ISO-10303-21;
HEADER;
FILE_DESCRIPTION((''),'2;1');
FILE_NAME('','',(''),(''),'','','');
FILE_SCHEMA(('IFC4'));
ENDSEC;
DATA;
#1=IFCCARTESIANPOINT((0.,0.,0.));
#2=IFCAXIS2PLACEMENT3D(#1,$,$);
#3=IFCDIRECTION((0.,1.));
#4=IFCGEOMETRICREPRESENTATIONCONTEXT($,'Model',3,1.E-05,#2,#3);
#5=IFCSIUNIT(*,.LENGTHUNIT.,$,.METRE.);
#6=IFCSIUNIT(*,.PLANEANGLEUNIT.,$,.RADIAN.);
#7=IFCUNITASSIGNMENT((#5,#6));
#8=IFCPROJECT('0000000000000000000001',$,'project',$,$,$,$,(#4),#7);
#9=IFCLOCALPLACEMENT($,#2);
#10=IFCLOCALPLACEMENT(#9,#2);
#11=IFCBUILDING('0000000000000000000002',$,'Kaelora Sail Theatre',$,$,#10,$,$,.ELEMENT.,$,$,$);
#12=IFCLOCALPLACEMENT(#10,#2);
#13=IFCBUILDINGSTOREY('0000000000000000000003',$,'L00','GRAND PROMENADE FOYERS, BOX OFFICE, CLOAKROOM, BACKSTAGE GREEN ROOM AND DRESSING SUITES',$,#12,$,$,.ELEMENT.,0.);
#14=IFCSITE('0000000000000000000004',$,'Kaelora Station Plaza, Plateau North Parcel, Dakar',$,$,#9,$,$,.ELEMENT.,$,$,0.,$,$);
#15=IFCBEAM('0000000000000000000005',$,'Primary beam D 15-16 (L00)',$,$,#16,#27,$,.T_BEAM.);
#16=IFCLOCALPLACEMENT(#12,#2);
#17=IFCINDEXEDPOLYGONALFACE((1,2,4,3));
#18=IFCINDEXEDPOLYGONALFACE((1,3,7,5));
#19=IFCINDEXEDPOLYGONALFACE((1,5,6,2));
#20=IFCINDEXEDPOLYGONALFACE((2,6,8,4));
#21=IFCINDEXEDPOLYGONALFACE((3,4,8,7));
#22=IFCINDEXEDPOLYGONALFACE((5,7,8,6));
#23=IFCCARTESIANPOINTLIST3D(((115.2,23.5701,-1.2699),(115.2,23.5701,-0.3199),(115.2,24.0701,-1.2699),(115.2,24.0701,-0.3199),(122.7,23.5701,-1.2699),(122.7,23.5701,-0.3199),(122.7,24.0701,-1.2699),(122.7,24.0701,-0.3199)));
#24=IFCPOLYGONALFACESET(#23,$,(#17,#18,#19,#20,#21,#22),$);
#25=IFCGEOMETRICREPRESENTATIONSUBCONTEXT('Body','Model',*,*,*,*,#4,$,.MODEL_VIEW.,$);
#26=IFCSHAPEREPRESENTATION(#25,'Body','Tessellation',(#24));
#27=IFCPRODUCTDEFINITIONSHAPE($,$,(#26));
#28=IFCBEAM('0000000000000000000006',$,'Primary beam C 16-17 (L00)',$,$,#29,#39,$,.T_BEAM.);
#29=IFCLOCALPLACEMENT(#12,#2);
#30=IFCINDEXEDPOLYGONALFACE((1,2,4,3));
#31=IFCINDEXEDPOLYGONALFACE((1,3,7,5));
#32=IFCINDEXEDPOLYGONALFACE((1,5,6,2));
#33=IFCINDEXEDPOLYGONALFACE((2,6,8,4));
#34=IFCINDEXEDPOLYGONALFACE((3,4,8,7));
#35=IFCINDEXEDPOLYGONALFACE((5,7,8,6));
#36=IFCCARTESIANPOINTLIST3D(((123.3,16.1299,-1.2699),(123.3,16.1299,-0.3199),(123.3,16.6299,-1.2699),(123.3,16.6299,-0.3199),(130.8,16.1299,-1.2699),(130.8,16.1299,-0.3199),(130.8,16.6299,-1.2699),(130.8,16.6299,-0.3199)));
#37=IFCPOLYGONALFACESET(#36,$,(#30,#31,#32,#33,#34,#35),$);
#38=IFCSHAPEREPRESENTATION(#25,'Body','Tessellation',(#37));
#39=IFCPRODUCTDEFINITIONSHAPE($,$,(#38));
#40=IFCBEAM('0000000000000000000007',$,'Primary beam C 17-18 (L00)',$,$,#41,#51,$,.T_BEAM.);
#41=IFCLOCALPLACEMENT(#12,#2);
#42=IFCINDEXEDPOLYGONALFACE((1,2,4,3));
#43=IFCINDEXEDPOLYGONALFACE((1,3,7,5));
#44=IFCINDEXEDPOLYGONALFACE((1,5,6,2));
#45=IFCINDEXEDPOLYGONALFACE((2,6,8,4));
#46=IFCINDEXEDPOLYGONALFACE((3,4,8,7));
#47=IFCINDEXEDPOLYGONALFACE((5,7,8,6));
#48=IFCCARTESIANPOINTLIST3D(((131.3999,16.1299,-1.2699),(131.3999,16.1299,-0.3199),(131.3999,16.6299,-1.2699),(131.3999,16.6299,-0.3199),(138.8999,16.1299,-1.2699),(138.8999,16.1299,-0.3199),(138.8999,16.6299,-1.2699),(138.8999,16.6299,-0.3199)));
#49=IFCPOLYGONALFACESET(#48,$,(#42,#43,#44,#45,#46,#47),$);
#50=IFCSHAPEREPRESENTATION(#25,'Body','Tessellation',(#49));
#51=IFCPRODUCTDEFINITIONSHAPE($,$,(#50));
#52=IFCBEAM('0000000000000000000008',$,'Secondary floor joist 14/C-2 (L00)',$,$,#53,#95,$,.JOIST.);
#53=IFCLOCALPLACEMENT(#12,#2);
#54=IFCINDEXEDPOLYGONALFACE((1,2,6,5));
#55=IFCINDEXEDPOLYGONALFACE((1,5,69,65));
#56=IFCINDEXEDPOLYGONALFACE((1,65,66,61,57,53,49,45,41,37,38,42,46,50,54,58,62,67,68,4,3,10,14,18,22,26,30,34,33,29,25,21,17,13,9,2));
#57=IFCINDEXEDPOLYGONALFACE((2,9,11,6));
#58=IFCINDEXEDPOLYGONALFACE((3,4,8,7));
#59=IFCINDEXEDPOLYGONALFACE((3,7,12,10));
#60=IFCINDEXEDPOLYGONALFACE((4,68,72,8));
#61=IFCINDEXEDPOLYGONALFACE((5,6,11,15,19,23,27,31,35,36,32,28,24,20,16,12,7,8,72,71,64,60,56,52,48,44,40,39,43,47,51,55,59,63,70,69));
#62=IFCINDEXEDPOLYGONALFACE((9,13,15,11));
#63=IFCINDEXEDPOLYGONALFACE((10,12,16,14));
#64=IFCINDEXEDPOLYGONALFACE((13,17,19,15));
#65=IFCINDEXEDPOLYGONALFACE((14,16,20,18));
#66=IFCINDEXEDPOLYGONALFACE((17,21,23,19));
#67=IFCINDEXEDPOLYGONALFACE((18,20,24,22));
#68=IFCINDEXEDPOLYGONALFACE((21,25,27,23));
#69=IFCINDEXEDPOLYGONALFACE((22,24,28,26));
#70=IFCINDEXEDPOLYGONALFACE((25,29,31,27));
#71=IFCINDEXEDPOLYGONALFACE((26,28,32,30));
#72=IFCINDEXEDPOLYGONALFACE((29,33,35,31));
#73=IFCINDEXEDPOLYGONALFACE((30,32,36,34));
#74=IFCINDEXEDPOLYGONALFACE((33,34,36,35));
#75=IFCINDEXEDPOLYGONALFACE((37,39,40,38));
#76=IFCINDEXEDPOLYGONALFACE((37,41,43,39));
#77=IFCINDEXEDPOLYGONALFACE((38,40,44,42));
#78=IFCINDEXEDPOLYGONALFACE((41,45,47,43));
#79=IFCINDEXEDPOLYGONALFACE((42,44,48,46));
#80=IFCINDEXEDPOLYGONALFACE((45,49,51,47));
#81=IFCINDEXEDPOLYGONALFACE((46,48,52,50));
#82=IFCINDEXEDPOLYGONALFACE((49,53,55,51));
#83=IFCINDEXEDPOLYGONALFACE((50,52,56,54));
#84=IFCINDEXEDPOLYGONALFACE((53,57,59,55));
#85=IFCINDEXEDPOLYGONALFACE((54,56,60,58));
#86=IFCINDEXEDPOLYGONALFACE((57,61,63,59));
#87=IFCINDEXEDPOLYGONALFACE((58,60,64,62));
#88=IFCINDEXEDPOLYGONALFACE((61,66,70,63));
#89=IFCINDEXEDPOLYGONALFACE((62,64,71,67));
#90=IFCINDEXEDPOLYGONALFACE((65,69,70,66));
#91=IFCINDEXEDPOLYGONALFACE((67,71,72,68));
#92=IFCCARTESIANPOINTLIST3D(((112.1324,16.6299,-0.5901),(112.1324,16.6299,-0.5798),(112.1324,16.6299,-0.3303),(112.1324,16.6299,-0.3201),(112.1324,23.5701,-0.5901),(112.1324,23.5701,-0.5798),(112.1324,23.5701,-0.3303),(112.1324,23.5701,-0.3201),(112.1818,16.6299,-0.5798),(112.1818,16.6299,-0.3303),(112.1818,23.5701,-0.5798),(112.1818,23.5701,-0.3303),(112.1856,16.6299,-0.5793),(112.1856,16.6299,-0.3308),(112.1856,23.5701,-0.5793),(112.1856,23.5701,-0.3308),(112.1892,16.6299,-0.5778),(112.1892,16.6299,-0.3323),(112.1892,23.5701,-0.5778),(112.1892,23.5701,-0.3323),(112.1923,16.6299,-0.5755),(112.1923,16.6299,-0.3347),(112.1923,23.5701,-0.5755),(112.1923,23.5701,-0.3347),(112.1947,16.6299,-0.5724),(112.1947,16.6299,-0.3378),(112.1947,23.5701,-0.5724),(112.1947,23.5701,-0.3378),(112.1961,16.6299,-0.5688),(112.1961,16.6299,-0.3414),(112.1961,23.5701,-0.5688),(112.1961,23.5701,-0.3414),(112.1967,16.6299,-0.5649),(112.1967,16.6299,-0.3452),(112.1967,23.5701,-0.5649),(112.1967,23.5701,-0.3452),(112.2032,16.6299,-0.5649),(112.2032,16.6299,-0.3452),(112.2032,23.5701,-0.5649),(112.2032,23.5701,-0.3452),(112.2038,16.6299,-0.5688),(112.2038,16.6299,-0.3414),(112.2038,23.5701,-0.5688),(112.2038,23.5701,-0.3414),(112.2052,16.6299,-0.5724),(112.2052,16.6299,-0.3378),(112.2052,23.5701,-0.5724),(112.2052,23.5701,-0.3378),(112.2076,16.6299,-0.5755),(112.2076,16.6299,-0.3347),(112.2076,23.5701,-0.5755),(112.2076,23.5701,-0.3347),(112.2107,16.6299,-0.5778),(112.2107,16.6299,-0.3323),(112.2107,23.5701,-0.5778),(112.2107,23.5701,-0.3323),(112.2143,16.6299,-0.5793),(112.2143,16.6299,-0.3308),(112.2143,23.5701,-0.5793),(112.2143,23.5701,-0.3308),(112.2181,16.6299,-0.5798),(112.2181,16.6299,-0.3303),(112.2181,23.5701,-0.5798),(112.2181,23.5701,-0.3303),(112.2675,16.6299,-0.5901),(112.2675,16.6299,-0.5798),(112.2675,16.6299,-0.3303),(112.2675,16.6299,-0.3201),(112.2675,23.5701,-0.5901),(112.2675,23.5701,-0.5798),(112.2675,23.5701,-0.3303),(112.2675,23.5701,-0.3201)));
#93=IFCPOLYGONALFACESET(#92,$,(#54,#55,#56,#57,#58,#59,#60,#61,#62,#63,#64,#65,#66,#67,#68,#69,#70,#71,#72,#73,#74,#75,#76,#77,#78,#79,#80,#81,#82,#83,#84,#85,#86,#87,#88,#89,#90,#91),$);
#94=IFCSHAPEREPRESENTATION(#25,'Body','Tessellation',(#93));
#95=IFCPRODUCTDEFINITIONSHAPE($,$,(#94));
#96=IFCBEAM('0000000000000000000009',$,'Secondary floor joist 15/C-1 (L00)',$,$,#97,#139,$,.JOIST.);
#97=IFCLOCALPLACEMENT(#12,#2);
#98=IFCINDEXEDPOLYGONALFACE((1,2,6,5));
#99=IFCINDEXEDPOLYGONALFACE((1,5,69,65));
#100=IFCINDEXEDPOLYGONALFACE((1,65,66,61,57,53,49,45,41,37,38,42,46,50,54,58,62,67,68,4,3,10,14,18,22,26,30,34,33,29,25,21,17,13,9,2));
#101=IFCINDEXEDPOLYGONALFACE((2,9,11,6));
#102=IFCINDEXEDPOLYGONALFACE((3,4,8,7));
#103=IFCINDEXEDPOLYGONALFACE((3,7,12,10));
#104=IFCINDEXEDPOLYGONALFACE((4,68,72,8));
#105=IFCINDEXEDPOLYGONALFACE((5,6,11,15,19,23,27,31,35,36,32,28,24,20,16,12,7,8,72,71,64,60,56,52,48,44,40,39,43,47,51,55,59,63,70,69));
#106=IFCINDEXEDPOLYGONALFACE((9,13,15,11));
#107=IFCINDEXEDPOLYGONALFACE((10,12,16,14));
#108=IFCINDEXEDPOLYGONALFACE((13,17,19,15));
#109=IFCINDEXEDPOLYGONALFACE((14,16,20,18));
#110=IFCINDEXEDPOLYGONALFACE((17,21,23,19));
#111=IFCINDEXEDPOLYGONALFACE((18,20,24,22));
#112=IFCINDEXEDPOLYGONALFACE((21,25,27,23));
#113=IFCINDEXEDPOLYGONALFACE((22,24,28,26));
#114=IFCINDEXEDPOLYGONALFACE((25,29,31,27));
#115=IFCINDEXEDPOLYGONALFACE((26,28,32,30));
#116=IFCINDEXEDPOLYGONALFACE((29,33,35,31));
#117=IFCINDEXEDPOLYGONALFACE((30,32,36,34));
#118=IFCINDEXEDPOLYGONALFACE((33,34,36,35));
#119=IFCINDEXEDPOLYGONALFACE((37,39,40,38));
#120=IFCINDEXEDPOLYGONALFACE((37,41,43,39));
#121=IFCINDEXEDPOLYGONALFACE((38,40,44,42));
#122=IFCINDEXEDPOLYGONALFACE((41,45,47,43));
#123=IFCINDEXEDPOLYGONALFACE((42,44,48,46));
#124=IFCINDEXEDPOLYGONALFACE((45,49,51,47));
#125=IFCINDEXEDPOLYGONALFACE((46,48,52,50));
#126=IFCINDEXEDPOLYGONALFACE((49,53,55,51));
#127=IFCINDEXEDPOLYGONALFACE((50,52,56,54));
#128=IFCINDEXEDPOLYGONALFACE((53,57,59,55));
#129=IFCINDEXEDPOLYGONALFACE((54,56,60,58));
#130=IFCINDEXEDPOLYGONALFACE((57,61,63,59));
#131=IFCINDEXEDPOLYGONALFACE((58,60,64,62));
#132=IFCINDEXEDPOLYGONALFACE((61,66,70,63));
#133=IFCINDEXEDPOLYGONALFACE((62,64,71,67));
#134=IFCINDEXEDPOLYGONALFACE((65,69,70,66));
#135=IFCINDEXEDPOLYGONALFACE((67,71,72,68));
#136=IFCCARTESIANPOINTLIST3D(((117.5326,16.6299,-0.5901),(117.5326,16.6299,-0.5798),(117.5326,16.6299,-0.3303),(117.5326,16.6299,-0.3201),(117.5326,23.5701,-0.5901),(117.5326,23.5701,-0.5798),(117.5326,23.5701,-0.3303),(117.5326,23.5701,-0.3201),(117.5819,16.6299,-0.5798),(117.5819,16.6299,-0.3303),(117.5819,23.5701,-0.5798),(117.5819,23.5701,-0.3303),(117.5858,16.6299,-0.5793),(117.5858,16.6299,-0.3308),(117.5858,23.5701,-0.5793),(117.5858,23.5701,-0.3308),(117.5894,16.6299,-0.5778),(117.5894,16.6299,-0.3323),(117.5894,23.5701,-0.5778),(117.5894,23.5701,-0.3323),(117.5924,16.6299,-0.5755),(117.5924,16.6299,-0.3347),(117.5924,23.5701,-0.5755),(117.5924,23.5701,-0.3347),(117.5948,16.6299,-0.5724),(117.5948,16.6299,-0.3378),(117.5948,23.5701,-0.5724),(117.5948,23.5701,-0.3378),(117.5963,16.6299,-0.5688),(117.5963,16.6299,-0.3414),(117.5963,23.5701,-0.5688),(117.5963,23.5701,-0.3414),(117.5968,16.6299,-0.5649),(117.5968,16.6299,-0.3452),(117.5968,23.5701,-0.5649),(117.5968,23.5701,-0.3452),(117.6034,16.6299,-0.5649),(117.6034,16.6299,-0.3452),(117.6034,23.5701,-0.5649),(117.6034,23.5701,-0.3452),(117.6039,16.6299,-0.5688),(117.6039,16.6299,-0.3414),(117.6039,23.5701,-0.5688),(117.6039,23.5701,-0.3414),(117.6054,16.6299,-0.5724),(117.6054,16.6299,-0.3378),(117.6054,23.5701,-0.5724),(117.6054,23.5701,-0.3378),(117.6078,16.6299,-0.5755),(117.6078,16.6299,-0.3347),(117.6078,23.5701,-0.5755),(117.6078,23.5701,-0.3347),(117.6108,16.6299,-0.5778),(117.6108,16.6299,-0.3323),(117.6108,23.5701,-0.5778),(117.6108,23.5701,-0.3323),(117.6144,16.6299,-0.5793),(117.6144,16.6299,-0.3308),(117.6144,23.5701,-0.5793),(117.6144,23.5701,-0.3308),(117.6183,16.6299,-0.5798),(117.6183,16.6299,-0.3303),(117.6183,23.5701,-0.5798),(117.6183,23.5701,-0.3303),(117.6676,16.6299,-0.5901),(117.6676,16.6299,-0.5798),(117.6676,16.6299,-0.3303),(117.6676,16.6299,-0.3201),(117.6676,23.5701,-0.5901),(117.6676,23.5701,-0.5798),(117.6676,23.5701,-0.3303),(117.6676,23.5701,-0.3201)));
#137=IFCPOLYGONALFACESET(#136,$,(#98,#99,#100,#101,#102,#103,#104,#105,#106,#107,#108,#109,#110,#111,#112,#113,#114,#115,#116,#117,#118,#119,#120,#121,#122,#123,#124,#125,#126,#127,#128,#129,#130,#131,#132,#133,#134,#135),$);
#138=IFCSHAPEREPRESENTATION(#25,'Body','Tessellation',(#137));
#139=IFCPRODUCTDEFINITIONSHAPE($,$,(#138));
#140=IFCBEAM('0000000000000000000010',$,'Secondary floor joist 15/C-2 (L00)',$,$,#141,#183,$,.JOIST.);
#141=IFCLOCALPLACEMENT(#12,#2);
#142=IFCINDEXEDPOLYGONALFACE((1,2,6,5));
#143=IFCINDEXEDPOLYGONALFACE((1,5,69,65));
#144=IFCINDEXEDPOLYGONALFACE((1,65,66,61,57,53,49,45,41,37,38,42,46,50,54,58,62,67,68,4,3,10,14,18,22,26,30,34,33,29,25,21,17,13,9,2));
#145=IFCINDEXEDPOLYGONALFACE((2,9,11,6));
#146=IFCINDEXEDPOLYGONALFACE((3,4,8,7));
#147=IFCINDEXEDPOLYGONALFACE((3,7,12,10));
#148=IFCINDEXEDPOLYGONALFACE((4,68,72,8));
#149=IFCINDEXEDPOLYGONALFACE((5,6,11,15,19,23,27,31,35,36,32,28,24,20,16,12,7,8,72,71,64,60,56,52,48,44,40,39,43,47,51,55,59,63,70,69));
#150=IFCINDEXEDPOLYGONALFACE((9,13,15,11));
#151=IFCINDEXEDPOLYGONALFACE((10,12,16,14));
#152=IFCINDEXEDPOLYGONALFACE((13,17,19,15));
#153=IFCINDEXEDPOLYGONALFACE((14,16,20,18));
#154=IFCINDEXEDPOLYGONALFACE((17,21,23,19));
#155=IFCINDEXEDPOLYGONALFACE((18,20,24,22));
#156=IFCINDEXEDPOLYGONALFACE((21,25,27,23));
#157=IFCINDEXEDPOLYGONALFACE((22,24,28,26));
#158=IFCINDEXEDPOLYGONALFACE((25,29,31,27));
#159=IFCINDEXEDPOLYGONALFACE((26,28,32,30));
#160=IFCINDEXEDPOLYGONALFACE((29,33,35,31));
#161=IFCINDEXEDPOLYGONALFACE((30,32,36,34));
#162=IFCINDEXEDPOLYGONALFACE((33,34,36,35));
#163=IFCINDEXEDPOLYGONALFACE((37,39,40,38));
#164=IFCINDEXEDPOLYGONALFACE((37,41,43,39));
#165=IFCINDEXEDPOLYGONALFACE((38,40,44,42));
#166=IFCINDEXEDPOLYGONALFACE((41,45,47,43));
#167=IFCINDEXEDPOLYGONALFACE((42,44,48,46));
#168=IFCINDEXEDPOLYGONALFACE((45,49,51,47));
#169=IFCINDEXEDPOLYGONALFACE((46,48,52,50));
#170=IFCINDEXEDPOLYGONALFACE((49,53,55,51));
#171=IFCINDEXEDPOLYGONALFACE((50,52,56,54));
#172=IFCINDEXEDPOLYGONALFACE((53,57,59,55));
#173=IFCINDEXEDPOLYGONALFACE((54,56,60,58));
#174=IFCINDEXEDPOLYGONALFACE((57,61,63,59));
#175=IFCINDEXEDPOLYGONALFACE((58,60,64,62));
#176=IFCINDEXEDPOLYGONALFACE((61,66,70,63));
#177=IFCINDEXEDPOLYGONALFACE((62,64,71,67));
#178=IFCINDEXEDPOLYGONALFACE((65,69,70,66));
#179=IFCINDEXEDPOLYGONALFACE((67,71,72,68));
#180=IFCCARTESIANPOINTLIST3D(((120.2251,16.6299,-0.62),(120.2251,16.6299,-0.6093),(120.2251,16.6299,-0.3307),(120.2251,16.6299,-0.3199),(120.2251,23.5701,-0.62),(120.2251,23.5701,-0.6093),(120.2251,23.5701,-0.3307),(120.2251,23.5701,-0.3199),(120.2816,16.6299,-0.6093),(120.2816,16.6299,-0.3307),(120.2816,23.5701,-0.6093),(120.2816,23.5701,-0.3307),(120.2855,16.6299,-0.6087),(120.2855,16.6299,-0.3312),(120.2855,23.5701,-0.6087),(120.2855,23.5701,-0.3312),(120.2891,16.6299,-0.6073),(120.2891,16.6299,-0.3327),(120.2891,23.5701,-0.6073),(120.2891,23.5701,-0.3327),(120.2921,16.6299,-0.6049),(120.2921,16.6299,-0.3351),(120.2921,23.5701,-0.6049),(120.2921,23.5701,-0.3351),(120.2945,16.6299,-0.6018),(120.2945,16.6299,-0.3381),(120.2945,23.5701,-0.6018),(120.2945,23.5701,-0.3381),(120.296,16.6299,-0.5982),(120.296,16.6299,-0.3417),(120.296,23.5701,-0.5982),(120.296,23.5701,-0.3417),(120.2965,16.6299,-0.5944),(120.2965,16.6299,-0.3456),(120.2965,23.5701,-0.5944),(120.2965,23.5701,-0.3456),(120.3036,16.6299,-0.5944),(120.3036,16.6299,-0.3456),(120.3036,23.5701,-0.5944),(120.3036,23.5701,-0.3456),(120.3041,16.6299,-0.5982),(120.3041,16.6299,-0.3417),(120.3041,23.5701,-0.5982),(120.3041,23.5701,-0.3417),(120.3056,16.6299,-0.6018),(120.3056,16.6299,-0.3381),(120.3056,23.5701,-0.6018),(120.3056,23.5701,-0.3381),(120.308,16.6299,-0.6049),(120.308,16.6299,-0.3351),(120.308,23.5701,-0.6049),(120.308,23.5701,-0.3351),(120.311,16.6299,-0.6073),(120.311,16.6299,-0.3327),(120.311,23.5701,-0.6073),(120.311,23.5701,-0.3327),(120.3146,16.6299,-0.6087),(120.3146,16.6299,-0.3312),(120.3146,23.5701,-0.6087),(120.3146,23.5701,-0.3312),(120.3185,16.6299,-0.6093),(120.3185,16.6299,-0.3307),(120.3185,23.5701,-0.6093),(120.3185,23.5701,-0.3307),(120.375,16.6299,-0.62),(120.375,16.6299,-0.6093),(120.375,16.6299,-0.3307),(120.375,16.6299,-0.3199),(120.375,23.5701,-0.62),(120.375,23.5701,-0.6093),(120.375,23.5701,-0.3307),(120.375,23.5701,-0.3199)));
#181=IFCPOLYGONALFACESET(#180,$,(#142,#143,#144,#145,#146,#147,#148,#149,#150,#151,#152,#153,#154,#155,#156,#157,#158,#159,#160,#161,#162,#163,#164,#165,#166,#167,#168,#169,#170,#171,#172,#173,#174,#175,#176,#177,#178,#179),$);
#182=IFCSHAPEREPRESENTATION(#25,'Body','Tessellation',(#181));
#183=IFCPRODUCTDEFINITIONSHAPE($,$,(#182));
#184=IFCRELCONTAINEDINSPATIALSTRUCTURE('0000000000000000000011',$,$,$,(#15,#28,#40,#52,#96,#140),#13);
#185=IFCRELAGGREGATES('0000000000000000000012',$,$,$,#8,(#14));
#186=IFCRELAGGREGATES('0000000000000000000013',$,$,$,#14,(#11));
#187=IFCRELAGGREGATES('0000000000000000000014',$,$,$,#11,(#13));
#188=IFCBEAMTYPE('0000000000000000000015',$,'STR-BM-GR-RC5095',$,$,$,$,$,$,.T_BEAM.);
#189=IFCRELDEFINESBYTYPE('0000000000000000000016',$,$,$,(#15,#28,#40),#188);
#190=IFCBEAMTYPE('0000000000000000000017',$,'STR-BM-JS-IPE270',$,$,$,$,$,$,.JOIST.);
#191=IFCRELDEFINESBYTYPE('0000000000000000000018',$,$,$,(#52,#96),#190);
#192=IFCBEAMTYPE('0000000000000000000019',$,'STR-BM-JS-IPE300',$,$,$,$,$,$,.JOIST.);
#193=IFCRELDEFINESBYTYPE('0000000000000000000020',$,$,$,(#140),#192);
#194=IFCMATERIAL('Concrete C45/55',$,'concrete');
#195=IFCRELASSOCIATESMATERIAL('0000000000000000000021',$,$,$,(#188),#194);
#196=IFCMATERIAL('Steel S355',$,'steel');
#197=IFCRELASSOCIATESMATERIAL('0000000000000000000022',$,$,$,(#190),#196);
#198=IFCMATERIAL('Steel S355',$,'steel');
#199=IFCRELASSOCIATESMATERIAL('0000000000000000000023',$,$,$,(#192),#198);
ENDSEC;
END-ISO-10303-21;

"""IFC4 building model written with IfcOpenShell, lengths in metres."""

from ifc_helpers import new_model, si_unit, direction, frame, origin, origin_2d, place, context, subcontext, project, spatial, rectangle, i_section, extrude, material, material_profile, profile_set, type_object, element, save


model = new_model("IFC4")

# Units and contexts
model_context = context("Model", 3, precision=1e-05, world=origin(), true_north=direction((0.0, 1.0)))
body_context = subcontext(model_context, "Body", "Model", "MODEL_VIEW")
ifc_project = project(units=[si_unit("LENGTHUNIT", "METRE"), si_unit("PLANEANGLEUNIT", "RADIAN")], contexts=[model_context])

# Site, building, storey
site_placement = place(None, origin())
site = spatial("IfcSite", under=ifc_project, at=site_placement, Name="Kaelora Station Plaza, Plateau North Parcel, Dakar", CompositionType="ELEMENT", RefElevation=0.0)
building_placement = place(site_placement, origin())
building = spatial("IfcBuilding", under=site, at=building_placement, Name="Kaelora Sail Theatre", CompositionType="ELEMENT")
storey_placement = place(building_placement, origin())
storey = spatial("IfcBuildingStorey", under=building, at=storey_placement, Name="L00", Description="GRAND PROMENADE FOYERS, BOX OFFICE, CLOAKROOM, BACKSTAGE GREEN ROOM AND DRESSING SUITES", CompositionType="ELEMENT", Elevation=0.0)

# Beams
ifc_material_1 = material(Name="Concrete C45/55", Category="concrete")
ifc_material_profile_1 = material_profile(ifc_material_1, rectangle(XDim=0.5, YDim=0.95, at=origin_2d()), Name="RC-GRD 500x950")
ifc_profile_set_1 = profile_set([ifc_material_profile_1], Name="Concrete C45/55")
beam_type_1 = type_object("IfcBeamType", Name="STR-BM-GR-RC5095", PredefinedType="T_BEAM", material=ifc_profile_set_1)
for number, where, z_axis, x_axis, name in (
    (1, (115.2, 23.8201, -0.7949), (1.0, 0.0, 0.0), (0.0, 1.0, 0.0), "Primary beam D 15-16 (L00)"),
    (2, (123.3, 16.3799, -0.7949), (1.0, 0.0, 0.0), (0.0, 1.0, 0.0), "Primary beam C 16-17 (L00)"),
    (3, (131.3999, 16.3799, -0.7949), (1.0, 0.0, 0.0), (0.0, 1.0, 0.0), "Primary beam C 17-18 (L00)"),
):
    element("IfcBeam", number, at=place(storey_placement, frame(where, z_axis=z_axis, x_axis=x_axis)), inside=storey, type_object=beam_type_1, Name=name, PredefinedType="T_BEAM", context=body_context, shape_type="SweptSolid", body=[
        extrude(rectangle(XDim=0.5, YDim=0.95, at=origin_2d()), origin(), (0.0, 0.0, 1.0), 7.5),
    ])
ifc_material_2 = material(Name="Steel S355", Category="steel")
ifc_material_profile_2 = material_profile(ifc_material_2, i_section(OverallWidth=0.135, OverallDepth=0.27, WebThickness=0.0066, FlangeThickness=0.0103, FilletRadius=0.0149, at=origin_2d()), Name="IPE 270")
ifc_profile_set_2 = profile_set([ifc_material_profile_2], Name="Steel S355")
beam_type_2 = type_object("IfcBeamType", Name="STR-BM-JS-IPE270", PredefinedType="JOIST", material=ifc_profile_set_2)
for number, where, z_axis, x_axis, name in (
    (4, (112.2, 16.6299, -0.4551), (0.0, 1.0, 0.0), (-1.0, 0.0, 0.0), "Secondary floor joist 14/C-2 (L00)"),
    (5, (117.6001, 16.6299, -0.4551), (0.0, 1.0, 0.0), (-1.0, 0.0, 0.0), "Secondary floor joist 15/C-1 (L00)"),
):
    element("IfcBeam", number, at=place(storey_placement, frame(where, z_axis=z_axis, x_axis=x_axis)), inside=storey, type_object=beam_type_2, Name=name, PredefinedType="JOIST", context=body_context, shape_type="SweptSolid", body=[
        extrude(i_section(OverallWidth=0.135, OverallDepth=0.27, WebThickness=0.0066, FlangeThickness=0.0103, FilletRadius=0.0149, at=origin_2d()), origin(), (0.0, 0.0, 1.0), 6.9402),
    ])
ifc_material_3 = material(Name="Steel S355", Category="steel")
ifc_material_profile_3 = material_profile(ifc_material_3, i_section(OverallWidth=0.1499, OverallDepth=0.3, WebThickness=0.0071, FlangeThickness=0.0107, FilletRadius=0.0149, at=origin_2d()), Name="IPE 300")
ifc_profile_set_3 = profile_set([ifc_material_profile_3], Name="Steel S355")
beam_type_3 = type_object("IfcBeamType", Name="STR-BM-JS-IPE300", PredefinedType="JOIST", material=ifc_profile_set_3)
beam_1_placement = place(storey_placement, frame((120.3, 16.6299, -0.47), z_axis=(0.0, 1.0, 0.0), x_axis=(-1.0, 0.0, 0.0)))
element("IfcBeam", 6, at=beam_1_placement, inside=storey, type_object=beam_type_3, Name="Secondary floor joist 15/C-2 (L00)", PredefinedType="JOIST", context=body_context, shape_type="SweptSolid", body=[
    extrude(i_section(OverallWidth=0.1499, OverallDepth=0.3, WebThickness=0.0071, FlangeThickness=0.0107, FilletRadius=0.0149, at=origin_2d()), origin(), (0.0, 0.0, 1.0), 6.9402),
])

save(model, "model.ifc")
